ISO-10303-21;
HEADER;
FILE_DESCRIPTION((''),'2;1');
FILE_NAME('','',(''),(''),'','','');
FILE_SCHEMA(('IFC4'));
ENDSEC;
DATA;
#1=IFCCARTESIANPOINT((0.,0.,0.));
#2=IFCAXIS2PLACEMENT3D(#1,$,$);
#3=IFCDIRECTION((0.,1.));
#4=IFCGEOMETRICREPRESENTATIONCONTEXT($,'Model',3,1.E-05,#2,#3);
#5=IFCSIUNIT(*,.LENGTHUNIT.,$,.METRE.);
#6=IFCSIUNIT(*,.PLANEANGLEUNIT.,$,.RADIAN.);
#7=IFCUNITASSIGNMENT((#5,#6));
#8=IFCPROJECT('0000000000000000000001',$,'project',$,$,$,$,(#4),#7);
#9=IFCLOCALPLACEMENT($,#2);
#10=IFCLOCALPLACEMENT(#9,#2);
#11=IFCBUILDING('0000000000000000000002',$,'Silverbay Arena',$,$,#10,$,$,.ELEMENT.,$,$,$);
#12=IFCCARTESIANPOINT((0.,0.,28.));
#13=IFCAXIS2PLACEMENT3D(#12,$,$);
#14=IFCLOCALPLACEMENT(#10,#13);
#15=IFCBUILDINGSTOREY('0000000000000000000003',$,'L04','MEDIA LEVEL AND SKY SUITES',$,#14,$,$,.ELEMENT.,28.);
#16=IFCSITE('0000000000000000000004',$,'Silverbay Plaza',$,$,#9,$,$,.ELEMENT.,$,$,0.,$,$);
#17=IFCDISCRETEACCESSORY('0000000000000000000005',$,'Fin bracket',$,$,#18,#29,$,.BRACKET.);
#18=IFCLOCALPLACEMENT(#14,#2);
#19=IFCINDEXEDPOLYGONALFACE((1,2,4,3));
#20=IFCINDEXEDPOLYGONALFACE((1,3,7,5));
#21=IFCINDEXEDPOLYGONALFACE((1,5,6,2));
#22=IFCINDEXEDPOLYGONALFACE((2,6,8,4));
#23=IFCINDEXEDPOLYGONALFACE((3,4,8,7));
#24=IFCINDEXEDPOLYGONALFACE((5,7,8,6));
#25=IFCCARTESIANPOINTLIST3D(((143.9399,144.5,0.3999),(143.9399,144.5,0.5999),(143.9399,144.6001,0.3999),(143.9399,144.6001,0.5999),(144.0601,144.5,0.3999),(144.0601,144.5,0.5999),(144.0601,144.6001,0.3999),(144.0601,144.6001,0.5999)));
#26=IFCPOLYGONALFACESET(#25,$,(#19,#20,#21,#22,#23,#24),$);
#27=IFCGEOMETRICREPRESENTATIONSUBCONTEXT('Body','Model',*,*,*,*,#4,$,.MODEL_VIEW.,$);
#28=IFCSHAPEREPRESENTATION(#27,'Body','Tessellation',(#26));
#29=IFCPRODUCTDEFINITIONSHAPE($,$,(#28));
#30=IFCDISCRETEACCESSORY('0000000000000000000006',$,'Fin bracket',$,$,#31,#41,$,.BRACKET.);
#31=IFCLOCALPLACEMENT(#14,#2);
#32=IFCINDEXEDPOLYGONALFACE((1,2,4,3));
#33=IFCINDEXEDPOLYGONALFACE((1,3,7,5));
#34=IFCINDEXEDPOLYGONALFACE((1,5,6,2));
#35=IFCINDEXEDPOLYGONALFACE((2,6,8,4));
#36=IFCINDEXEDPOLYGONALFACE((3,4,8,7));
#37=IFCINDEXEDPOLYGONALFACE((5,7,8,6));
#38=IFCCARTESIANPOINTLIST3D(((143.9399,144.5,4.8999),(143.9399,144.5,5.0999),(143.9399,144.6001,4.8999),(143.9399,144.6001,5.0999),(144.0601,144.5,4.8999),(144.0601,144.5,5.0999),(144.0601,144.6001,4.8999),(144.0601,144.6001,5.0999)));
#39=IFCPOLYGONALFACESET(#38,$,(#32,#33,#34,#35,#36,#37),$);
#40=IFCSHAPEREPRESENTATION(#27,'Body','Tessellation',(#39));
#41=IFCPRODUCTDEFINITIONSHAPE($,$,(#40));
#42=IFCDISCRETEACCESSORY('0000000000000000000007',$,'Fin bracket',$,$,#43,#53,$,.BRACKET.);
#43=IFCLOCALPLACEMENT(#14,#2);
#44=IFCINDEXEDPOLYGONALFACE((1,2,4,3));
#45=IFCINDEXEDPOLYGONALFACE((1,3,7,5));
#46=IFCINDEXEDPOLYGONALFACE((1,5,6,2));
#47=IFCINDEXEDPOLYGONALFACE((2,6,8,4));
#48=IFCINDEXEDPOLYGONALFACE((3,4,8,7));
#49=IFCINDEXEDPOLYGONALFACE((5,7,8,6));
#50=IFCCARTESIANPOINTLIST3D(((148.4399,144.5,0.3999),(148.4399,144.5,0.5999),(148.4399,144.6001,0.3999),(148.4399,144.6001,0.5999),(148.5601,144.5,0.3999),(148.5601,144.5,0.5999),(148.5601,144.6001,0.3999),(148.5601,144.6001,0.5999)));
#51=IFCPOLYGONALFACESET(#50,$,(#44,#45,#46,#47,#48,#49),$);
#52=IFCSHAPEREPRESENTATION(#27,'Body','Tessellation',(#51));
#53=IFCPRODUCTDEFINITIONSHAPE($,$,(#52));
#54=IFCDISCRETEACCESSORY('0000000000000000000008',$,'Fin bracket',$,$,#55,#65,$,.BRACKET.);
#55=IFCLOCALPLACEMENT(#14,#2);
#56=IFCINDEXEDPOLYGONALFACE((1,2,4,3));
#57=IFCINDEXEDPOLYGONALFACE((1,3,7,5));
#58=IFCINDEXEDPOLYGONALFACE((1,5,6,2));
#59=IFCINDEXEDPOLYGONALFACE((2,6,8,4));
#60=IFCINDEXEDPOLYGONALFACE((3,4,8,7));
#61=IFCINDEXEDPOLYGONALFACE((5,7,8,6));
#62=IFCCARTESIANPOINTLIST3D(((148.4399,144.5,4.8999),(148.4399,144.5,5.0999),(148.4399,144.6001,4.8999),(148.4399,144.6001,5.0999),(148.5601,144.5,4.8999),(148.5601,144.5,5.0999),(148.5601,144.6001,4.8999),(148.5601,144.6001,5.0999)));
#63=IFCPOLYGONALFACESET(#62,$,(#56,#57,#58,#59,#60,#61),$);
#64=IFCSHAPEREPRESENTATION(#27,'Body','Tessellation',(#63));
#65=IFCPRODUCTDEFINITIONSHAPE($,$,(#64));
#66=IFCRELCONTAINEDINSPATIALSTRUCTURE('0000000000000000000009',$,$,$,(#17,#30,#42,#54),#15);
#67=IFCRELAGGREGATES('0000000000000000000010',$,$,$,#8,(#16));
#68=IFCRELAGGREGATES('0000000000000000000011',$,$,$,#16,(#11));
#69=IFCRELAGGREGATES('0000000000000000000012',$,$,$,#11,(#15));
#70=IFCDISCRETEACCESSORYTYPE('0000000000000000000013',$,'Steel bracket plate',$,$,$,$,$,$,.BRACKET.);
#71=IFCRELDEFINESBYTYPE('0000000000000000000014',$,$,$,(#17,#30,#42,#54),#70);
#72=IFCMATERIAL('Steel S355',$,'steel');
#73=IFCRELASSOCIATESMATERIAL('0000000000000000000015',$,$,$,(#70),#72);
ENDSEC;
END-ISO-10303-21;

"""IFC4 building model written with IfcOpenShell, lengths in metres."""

from ifc_helpers import new_model, si_unit, direction, frame, origin, origin_2d, place, context, subcontext, project, spatial, rectangle, extrude, material, type_object, element, save


model = new_model("IFC4")

# Units and contexts
model_context = context("Model", 3, precision=1e-05, world=origin(), true_north=direction((0.0, 1.0)))
body_context = subcontext(model_context, "Body", "Model", "MODEL_VIEW")
ifc_project = project(units=[si_unit("LENGTHUNIT", "METRE"), si_unit("PLANEANGLEUNIT", "RADIAN")], contexts=[model_context])

# Site, building, storey
site_placement = place(None, origin())
site = spatial("IfcSite", under=ifc_project, at=site_placement, Name="Silverbay Plaza", CompositionType="ELEMENT", RefElevation=0.0)
building_placement = place(site_placement, origin())
building = spatial("IfcBuilding", under=site, at=building_placement, Name="Silverbay Arena", CompositionType="ELEMENT")
storey_placement = place(building_placement, frame((0.0, 0.0, 28.0)))
storey = spatial("IfcBuildingStorey", under=building, at=storey_placement, Name="L04", Description="MEDIA LEVEL AND SKY SUITES", CompositionType="ELEMENT", Elevation=28.0)

# Discrete accessories
ifc_material_1 = material(Name="Steel S355", Category="steel")
discrete_accessory_type = type_object("IfcDiscreteAccessoryType", Name="Steel bracket plate", PredefinedType="BRACKET", material=ifc_material_1)
for number, where, z_axis, x_axis, name in (
    (1, (144.0, 144.55, 0.3999), (0.0, 0.0, 1.0), (1.0, 0.0, 0.0), "Fin bracket"),
    (2, (144.0, 144.55, 4.8999), (0.0, 0.0, 1.0), (1.0, 0.0, 0.0), "Fin bracket"),
    (3, (148.5, 144.55, 0.3999), (0.0, 0.0, 1.0), (1.0, 0.0, 0.0), "Fin bracket"),
    (4, (148.5, 144.55, 4.8999), (0.0, 0.0, 1.0), (1.0, 0.0, 0.0), "Fin bracket"),
):
    element("IfcDiscreteAccessory", number, at=place(storey_placement, frame(where, z_axis=z_axis, x_axis=x_axis)), inside=storey, type_object=discrete_accessory_type, Name=name, PredefinedType="BRACKET", context=body_context, shape_type="SweptSolid", body=[
        extrude(rectangle(XDim=0.1201, YDim=0.1001, at=origin_2d()), origin(), (0.0, 0.0, 1.0), 0.2),
    ])

save(model, "model.ifc")
